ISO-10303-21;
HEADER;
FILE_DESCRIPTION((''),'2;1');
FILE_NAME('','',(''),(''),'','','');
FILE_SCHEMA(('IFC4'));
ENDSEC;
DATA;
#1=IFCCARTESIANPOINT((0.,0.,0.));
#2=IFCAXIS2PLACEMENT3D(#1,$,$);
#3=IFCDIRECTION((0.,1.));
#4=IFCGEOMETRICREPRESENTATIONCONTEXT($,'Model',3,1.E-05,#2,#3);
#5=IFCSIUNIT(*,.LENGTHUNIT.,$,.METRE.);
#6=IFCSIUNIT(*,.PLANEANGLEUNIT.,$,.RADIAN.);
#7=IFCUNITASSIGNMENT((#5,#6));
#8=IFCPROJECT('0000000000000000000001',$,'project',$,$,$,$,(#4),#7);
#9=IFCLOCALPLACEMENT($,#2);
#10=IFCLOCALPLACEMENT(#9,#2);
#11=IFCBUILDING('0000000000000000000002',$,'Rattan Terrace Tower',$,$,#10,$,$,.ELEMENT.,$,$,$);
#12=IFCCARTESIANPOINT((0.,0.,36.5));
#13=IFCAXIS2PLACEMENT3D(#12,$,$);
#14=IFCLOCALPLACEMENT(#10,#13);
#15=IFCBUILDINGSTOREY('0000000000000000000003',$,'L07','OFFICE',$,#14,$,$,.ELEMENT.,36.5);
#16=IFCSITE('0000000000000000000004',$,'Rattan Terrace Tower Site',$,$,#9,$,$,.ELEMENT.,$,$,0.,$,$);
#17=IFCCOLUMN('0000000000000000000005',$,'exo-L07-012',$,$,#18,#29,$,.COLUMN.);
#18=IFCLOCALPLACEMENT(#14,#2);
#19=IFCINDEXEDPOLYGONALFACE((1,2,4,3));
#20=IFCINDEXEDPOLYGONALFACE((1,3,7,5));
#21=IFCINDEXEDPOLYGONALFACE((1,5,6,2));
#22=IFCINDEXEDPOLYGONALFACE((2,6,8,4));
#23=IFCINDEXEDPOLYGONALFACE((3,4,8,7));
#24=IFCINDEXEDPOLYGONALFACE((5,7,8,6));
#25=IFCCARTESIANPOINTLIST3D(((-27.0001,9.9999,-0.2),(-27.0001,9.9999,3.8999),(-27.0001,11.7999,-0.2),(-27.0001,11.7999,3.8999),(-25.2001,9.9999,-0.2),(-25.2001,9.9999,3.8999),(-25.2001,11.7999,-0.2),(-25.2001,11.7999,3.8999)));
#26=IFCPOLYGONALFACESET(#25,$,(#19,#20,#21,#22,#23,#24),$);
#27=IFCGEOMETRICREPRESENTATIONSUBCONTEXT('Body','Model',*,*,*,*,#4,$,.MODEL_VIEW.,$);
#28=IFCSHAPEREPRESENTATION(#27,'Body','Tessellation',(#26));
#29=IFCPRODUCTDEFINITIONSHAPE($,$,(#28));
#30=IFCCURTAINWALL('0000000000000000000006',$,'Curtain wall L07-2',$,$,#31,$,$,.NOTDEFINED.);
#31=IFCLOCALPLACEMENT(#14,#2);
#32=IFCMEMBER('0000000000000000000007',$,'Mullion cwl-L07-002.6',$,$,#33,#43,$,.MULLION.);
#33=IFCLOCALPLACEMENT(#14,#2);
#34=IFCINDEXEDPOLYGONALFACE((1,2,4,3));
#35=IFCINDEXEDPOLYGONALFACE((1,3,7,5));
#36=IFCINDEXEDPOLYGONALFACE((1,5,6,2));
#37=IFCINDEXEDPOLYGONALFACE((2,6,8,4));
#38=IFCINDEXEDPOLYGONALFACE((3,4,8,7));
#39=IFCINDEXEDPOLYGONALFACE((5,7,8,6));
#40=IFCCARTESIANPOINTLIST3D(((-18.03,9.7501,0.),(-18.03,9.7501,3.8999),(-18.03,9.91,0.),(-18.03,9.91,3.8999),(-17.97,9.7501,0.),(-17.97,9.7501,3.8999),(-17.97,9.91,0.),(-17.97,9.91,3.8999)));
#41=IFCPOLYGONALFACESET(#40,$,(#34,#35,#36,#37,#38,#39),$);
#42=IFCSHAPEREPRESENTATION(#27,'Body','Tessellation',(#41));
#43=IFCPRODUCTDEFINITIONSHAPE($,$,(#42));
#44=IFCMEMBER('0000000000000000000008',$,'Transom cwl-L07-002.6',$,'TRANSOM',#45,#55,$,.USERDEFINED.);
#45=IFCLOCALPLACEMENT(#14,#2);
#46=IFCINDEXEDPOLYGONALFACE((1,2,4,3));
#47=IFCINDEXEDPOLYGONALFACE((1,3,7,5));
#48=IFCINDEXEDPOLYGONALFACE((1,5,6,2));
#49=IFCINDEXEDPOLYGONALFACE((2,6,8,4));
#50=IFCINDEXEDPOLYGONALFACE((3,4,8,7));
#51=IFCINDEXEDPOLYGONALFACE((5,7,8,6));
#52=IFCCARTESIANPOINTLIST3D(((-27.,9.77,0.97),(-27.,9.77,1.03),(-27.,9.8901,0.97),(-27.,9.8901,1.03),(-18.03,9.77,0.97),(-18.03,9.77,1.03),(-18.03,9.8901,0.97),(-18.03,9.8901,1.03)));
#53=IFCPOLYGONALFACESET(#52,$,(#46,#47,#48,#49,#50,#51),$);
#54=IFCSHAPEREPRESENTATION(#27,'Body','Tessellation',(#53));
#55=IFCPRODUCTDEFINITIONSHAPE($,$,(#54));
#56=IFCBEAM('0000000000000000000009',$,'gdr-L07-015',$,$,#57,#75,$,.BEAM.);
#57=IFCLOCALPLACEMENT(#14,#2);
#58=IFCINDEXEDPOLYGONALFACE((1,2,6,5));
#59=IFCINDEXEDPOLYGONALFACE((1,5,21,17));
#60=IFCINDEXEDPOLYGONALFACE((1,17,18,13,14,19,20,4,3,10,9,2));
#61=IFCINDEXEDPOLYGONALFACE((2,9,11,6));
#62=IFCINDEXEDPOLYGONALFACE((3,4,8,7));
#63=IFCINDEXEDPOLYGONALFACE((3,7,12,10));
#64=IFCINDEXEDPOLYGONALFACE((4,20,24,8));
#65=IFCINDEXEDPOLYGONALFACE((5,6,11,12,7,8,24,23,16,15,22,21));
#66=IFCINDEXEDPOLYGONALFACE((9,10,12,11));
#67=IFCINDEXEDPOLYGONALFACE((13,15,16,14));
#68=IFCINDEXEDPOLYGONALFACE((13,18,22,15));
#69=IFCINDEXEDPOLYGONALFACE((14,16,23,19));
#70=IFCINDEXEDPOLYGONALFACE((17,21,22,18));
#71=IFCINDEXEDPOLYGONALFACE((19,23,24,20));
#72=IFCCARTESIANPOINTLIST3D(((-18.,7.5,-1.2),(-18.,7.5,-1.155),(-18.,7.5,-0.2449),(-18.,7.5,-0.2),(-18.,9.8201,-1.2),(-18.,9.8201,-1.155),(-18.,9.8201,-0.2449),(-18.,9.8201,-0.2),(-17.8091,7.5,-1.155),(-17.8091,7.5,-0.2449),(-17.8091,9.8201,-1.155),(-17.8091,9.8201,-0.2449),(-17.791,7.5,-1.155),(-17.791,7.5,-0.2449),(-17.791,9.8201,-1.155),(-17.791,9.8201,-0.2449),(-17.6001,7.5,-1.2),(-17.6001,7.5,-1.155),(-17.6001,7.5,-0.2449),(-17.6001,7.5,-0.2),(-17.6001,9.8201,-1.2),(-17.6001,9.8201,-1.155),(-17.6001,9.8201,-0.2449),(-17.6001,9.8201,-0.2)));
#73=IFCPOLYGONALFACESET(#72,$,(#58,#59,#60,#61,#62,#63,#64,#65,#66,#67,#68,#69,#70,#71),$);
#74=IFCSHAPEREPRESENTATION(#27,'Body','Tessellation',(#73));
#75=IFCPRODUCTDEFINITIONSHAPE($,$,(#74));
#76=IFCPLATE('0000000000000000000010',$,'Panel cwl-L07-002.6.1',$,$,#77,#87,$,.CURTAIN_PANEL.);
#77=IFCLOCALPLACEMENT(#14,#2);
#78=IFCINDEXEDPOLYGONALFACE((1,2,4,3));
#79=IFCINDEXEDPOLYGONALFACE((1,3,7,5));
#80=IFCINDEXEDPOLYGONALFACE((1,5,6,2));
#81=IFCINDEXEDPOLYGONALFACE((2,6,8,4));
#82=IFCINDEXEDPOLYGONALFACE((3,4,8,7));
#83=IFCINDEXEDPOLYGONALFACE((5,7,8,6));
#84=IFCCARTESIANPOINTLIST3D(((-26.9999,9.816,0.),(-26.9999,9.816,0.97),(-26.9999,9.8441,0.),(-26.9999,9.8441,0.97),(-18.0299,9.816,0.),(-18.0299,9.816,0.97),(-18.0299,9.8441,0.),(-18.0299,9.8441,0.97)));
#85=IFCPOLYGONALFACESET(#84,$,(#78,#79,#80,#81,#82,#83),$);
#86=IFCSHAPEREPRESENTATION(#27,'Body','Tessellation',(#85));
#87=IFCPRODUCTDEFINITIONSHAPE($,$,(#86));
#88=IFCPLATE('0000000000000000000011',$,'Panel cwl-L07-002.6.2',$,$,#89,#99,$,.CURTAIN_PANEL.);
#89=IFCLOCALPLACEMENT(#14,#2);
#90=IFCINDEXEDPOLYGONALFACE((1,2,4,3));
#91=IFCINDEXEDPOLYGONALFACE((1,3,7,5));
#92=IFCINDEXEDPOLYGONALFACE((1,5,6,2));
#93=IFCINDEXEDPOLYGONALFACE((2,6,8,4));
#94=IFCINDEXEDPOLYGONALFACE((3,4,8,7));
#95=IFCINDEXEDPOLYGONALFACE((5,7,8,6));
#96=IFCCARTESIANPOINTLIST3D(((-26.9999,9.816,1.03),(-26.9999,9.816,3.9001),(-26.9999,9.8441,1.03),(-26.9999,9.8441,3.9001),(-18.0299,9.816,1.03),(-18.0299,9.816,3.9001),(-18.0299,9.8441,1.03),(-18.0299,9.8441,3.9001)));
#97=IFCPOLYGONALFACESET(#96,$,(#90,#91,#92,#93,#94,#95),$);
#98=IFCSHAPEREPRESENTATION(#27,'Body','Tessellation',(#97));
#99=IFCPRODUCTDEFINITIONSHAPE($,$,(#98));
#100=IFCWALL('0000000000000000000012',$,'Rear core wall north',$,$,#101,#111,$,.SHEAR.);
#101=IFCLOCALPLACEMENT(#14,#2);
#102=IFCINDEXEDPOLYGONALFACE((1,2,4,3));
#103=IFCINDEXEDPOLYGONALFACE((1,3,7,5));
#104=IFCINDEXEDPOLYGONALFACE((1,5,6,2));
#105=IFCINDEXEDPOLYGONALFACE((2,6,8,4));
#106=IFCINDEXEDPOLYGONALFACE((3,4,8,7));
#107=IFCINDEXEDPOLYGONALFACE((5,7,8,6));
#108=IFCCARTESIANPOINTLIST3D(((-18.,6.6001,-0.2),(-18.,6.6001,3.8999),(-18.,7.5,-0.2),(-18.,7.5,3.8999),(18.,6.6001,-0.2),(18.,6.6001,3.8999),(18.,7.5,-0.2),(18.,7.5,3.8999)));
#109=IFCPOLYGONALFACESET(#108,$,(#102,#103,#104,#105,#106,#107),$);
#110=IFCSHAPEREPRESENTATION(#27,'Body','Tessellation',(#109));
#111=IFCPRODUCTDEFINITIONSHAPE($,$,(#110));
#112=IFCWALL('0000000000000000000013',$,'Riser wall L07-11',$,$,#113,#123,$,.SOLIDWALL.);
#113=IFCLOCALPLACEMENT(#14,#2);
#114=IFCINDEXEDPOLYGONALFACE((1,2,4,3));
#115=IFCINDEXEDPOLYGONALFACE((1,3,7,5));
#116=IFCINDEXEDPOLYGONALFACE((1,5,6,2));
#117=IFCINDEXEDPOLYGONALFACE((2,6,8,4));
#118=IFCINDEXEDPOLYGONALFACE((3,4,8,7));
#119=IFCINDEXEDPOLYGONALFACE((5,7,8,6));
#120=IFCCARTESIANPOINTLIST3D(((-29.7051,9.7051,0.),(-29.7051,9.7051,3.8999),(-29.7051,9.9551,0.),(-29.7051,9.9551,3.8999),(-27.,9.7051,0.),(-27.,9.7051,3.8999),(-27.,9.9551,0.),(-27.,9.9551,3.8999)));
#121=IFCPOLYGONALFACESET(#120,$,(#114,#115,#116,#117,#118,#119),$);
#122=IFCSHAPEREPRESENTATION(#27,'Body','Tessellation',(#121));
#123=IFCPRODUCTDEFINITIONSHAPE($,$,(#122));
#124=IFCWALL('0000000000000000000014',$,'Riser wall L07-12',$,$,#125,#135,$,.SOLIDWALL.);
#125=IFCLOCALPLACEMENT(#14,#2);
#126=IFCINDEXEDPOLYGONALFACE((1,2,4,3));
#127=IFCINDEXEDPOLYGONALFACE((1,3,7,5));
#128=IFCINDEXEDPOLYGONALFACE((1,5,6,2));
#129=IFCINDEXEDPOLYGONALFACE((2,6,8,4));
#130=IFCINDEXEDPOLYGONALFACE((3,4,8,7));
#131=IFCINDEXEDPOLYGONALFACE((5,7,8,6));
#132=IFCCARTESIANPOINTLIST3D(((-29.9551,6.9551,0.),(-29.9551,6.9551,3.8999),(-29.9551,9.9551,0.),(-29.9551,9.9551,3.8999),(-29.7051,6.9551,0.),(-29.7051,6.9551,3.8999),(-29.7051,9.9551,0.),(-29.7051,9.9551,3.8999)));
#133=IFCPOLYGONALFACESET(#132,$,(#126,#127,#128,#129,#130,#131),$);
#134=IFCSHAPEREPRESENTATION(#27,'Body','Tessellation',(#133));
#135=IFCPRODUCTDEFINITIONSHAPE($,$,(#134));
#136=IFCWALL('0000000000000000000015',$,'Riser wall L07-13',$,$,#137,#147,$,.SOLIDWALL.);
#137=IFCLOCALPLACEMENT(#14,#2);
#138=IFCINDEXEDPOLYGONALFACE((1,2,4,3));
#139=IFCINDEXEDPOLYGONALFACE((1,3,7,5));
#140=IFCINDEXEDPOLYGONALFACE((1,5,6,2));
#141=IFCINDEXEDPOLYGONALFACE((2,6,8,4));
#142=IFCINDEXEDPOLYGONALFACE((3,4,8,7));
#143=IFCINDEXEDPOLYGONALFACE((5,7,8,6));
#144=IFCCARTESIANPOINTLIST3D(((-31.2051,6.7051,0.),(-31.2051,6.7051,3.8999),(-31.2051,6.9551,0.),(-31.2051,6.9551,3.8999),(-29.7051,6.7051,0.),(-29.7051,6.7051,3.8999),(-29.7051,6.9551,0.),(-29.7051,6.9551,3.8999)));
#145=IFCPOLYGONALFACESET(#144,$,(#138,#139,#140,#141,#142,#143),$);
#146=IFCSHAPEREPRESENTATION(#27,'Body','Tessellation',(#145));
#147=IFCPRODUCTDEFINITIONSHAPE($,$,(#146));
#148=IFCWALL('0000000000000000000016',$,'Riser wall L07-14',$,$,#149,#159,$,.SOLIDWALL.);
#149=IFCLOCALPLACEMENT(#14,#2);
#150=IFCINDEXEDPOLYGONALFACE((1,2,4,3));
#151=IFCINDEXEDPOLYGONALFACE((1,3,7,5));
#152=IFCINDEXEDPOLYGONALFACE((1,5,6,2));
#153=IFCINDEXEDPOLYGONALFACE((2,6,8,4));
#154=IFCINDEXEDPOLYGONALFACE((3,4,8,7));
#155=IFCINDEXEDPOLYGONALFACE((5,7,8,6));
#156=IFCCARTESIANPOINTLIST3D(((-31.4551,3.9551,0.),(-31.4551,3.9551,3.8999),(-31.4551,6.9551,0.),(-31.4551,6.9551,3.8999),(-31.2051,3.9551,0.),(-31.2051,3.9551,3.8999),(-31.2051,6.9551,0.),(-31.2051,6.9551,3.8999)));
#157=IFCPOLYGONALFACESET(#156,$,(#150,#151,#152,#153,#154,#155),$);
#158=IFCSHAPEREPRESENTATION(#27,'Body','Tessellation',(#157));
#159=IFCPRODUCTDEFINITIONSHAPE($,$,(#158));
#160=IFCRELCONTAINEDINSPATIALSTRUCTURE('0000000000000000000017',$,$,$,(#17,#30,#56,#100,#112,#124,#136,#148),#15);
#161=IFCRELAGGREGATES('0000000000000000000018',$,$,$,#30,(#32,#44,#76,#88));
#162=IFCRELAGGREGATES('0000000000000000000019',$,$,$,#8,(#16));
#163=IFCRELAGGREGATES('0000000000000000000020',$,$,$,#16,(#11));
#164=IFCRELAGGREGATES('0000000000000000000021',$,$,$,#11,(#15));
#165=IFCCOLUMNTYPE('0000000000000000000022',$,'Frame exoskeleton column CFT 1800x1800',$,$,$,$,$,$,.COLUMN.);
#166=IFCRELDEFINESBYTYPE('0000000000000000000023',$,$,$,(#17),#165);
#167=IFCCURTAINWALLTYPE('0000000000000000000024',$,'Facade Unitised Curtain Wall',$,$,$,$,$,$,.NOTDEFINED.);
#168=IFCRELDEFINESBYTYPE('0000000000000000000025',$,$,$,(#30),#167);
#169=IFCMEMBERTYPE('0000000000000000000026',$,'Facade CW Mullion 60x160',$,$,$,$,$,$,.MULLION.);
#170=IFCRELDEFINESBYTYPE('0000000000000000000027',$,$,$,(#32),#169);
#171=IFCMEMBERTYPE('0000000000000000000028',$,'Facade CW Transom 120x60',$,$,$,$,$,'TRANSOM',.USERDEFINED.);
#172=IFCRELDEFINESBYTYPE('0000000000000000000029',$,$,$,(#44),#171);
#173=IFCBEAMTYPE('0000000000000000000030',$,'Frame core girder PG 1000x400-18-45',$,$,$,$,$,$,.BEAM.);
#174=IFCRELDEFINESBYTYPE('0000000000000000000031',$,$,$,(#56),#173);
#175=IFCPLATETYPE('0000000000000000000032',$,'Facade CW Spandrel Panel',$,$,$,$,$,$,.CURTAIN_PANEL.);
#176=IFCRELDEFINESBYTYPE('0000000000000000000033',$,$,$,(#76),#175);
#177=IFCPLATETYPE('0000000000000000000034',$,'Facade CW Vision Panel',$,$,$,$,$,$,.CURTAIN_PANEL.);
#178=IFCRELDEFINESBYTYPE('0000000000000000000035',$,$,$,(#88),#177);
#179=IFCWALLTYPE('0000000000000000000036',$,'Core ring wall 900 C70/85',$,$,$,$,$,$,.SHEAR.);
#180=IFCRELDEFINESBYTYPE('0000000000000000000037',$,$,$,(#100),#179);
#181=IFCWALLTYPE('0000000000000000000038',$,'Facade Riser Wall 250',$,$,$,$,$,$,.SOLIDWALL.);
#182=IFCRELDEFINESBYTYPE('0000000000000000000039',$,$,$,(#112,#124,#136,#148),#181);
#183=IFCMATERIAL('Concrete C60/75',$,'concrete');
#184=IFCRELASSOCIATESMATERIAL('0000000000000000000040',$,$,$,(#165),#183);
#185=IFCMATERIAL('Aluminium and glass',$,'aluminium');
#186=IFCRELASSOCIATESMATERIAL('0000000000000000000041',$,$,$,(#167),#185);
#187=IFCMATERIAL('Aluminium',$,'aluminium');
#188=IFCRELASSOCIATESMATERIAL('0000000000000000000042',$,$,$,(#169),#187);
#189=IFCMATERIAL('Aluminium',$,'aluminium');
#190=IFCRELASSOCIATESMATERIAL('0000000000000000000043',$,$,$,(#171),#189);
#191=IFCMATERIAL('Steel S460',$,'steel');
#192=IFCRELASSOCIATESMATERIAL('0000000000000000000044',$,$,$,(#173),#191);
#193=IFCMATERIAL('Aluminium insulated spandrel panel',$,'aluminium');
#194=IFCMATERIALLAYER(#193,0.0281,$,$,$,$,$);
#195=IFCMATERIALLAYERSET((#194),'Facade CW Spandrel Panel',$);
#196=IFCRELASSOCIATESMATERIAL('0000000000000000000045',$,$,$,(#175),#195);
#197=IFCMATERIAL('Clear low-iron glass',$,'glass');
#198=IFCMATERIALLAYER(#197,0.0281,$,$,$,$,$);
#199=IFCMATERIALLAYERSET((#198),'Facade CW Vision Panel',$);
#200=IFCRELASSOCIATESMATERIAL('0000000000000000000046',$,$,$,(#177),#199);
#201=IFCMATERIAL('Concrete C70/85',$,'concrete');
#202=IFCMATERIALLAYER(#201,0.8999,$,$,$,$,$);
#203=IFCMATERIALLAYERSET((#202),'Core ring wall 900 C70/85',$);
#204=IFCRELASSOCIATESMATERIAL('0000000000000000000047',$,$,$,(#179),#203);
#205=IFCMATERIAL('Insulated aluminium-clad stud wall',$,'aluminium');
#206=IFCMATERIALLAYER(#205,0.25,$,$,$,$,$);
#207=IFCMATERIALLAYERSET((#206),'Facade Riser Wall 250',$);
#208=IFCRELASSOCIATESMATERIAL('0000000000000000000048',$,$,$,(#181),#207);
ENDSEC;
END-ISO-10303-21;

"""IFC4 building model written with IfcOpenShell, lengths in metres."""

from ifc_helpers import new_model, si_unit, direction, frame, frame_2d, origin, origin_2d, place, context, subcontext, project, spatial, rectangle, i_section, extrude, material, layer, layer_set, material_profile, profile_set, type_object, element, aggregate, save


model = new_model("IFC4")

# Units and contexts
model_context = context("Model", 3, precision=1e-05, world=origin(), true_north=direction((0.0, 1.0)))
body_context = subcontext(model_context, "Body", "Model", "MODEL_VIEW")
ifc_project = project(units=[si_unit("LENGTHUNIT", "METRE"), si_unit("PLANEANGLEUNIT", "RADIAN")], contexts=[model_context])

# Site, building, storey
site_placement = place(None, origin())
site = spatial("IfcSite", under=ifc_project, at=site_placement, Name="Rattan Terrace Tower Site", CompositionType="ELEMENT", RefElevation=0.0)
building_placement = place(site_placement, origin())
building = spatial("IfcBuilding", under=site, at=building_placement, Name="Rattan Terrace Tower", CompositionType="ELEMENT")
storey_placement = place(building_placement, frame((0.0, 0.0, 36.5)))
storey = spatial("IfcBuildingStorey", under=building, at=storey_placement, Name="L07", Description="OFFICE", CompositionType="ELEMENT", Elevation=36.5)

# Column
ifc_material_1 = material(Name="Concrete C60/75", Category="concrete")
ifc_material_profile_1 = material_profile(ifc_material_1, rectangle(XDim=1.8, YDim=1.8, at=origin_2d()), Name="CFT 1800x1800")
ifc_profile_set_1 = profile_set([ifc_material_profile_1], Name="Concrete C60/75")
column_type = type_object("IfcColumnType", Name="Frame exoskeleton column CFT 1800x1800", PredefinedType="COLUMN", material=ifc_profile_set_1)
column_placement = place(storey_placement, frame((-26.1001, 10.8999, -0.2), z_axis=(0.0, 0.0, 1.0), x_axis=(1.0, 0.0, 0.0)))
element("IfcColumn", 1, at=column_placement, inside=storey, type_object=column_type, Name="exo-L07-012", PredefinedType="COLUMN", context=body_context, shape_type="SweptSolid", body=[
    extrude(rectangle(XDim=1.8, YDim=1.8, at=origin_2d()), origin(), (0.0, 0.0, 1.0), 4.0999),
])

# Curtain wall, members
ifc_material_2 = material(Name="Aluminium and glass", Category="aluminium")
curtain_wall_type = type_object("IfcCurtainWallType", Name="Facade Unitised Curtain Wall", PredefinedType="NOTDEFINED", material=ifc_material_2)
curtain_wall_placement = place(storey_placement, origin())
curtain_wall = element("IfcCurtainWall", 2, at=curtain_wall_placement, inside=storey, type_object=curtain_wall_type, Name="Curtain wall L07-2", PredefinedType="NOTDEFINED")
ifc_material_3 = material(Name="Aluminium", Category="aluminium")
ifc_material_profile_2 = material_profile(ifc_material_3, rectangle(XDim=0.0601, YDim=0.1599, at=origin_2d()), Name="Aluminium 60x160")
ifc_profile_set_2 = profile_set([ifc_material_profile_2], Name="Aluminium")
member_type_1 = type_object("IfcMemberType", Name="Facade CW Mullion 60x160", PredefinedType="MULLION", material=ifc_profile_set_2)
member_1_placement = place(storey_placement, frame((-18.0, 9.8301, 0.0), z_axis=(0.0, 0.0, 1.0), x_axis=(-1.0, 0.0, 0.0)))
member_1 = element("IfcMember", 3, at=member_1_placement, type_object=member_type_1, Name="Mullion cwl-L07-002.6", PredefinedType="MULLION", context=body_context, shape_type="SweptSolid", body=[
    extrude(rectangle(XDim=0.0601, YDim=0.1599, at=origin_2d()), origin(), (0.0, 0.0, 1.0), 3.8999),
])
ifc_material_4 = material(Name="Aluminium", Category="aluminium")
ifc_material_profile_3 = material_profile(ifc_material_4, rectangle(XDim=0.1201, YDim=0.0601, at=origin_2d()), Name="Aluminium 120x60")
ifc_profile_set_3 = profile_set([ifc_material_profile_3], Name="Aluminium")
member_type_2 = type_object("IfcMemberType", Name="Facade CW Transom 120x60", ElementType="TRANSOM", PredefinedType="USERDEFINED", material=ifc_profile_set_3)
member_2_placement = place(storey_placement, frame((-18.03, 9.8301, 1.0), z_axis=(-1.0, 0.0, 0.0), x_axis=(0.0, -1.0, 0.0)))
member_2 = element("IfcMember", 4, at=member_2_placement, type_object=member_type_2, Name="Transom cwl-L07-002.6", ObjectType="TRANSOM", PredefinedType="USERDEFINED", context=body_context, shape_type="SweptSolid", body=[
    extrude(rectangle(XDim=0.1201, YDim=0.0601, at=origin_2d()), origin(), (0.0, 0.0, 1.0), 8.97),
])

# Beam
ifc_material_5 = material(Name="Steel S460", Category="steel")
ifc_material_profile_4 = material_profile(ifc_material_5, i_section(OverallWidth=0.3999, OverallDepth=1.0, WebThickness=0.0181, FlangeThickness=0.0449, at=origin_2d()), Name="PG 1000x400-18-45")
ifc_profile_set_4 = profile_set([ifc_material_profile_4], Name="Steel S460")
beam_type = type_object("IfcBeamType", Name="Frame core girder PG 1000x400-18-45", PredefinedType="BEAM", material=ifc_profile_set_4)
beam_placement = place(storey_placement, frame((-17.8, 7.5, -0.7), z_axis=(0.0, 1.0, 0.0), x_axis=(-1.0, 0.0, 0.0)))
element("IfcBeam", 5, at=beam_placement, inside=storey, type_object=beam_type, Name="gdr-L07-015", PredefinedType="BEAM", context=body_context, shape_type="SweptSolid", body=[
    extrude(i_section(OverallWidth=0.3999, OverallDepth=1.0, WebThickness=0.0181, FlangeThickness=0.0449, at=origin_2d()), origin(), (0.0, 0.0, 1.0), 2.3201),
])

# Plates
ifc_material_6 = material(Name="Aluminium insulated spandrel panel", Category="aluminium")
ifc_layer_1 = layer(ifc_material_6, 0.0281)
ifc_layer_set_1 = layer_set([ifc_layer_1], Name="Facade CW Spandrel Panel")
plate_type_1 = type_object("IfcPlateType", Name="Facade CW Spandrel Panel", PredefinedType="CURTAIN_PANEL", material=ifc_layer_set_1)
plate_1_placement = place(storey_placement, frame((-22.5149, 9.8301, 0.0), z_axis=(0.0, 0.0, 1.0), x_axis=(-1.0, 0.0, 0.0)))
plate_1 = element("IfcPlate", 6, at=plate_1_placement, type_object=plate_type_1, Name="Panel cwl-L07-002.6.1", PredefinedType="CURTAIN_PANEL", context=body_context, shape_type="SweptSolid", body=[
    extrude(rectangle(XDim=8.97, YDim=0.0281, at=origin_2d()), origin(), (0.0, 0.0, 1.0), 0.97),
])
ifc_material_7 = material(Name="Clear low-iron glass", Category="glass")
ifc_layer_2 = layer(ifc_material_7, 0.0281)
ifc_layer_set_2 = layer_set([ifc_layer_2], Name="Facade CW Vision Panel")
plate_type_2 = type_object("IfcPlateType", Name="Facade CW Vision Panel", PredefinedType="CURTAIN_PANEL", material=ifc_layer_set_2)
plate_2_placement = place(storey_placement, frame((-22.5149, 9.8301, 1.03), z_axis=(0.0, 0.0, 1.0), x_axis=(-1.0, 0.0, 0.0)))
plate_2 = element("IfcPlate", 7, at=plate_2_placement, type_object=plate_type_2, Name="Panel cwl-L07-002.6.2", PredefinedType="CURTAIN_PANEL", context=body_context, shape_type="SweptSolid", body=[
    extrude(rectangle(XDim=8.97, YDim=0.0281, at=origin_2d()), origin(), (0.0, 0.0, 1.0), 2.8701),
])
aggregate(curtain_wall, [member_1, member_2, plate_1, plate_2])

# Walls
ifc_material_8 = material(Name="Concrete C70/85", Category="concrete")
ifc_layer_3 = layer(ifc_material_8, 0.8999)
ifc_layer_set_3 = layer_set([ifc_layer_3], Name="Core ring wall 900 C70/85")
wall_type_1 = type_object("IfcWallType", Name="Core ring wall 900 C70/85", PredefinedType="SHEAR", material=ifc_layer_set_3)
wall_1_placement = place(storey_placement, frame((-18.0, 7.05, -0.2), z_axis=(0.0, 0.0, 1.0), x_axis=(1.0, 0.0, 0.0)))
element("IfcWall", 8, at=wall_1_placement, inside=storey, type_object=wall_type_1, Name="Rear core wall north", PredefinedType="SHEAR", context=body_context, shape_type="SweptSolid", body=[
    extrude(rectangle(XDim=36.0, YDim=0.8999, at=frame_2d((18.0, 0.0))), origin(), (0.0, 0.0, 1.0), 4.0999),
])
ifc_material_9 = material(Name="Insulated aluminium-clad stud wall", Category="aluminium")
ifc_layer_4 = layer(ifc_material_9, 0.25)
ifc_layer_set_4 = layer_set([ifc_layer_4], Name="Facade Riser Wall 250")
wall_type_2 = type_object("IfcWallType", Name="Facade Riser Wall 250", PredefinedType="SOLIDWALL", material=ifc_layer_set_4)
wall_2_placement = place(storey_placement, frame((-27.0, 9.8301, 0.0), z_axis=(0.0, 0.0, 1.0), x_axis=(-1.0, 0.0, 0.0)))
element("IfcWall", 9, at=wall_2_placement, inside=storey, type_object=wall_type_2, Name="Riser wall L07-11", PredefinedType="SOLIDWALL", context=body_context, shape_type="SweptSolid", body=[
    extrude(rectangle(XDim=2.7051, YDim=0.25, at=frame_2d((1.3525, 0.0))), origin(), (0.0, 0.0, 1.0), 3.8999),
])
wall_3_placement = place(storey_placement, frame((-29.8301, 9.9551, 0.0), z_axis=(0.0, 0.0, 1.0), x_axis=(0.0, -1.0, 0.0)))
element("IfcWall", 10, at=wall_3_placement, inside=storey, type_object=wall_type_2, Name="Riser wall L07-12", PredefinedType="SOLIDWALL", context=body_context, shape_type="SweptSolid", body=[
    extrude(rectangle(XDim=3.0, YDim=0.25, at=frame_2d((1.5, 0.0))), origin(), (0.0, 0.0, 1.0), 3.8999),
])
wall_4_placement = place(storey_placement, frame((-29.7051, 6.8301, 0.0), z_axis=(0.0, 0.0, 1.0), x_axis=(-1.0, 0.0, 0.0)))
element("IfcWall", 11, at=wall_4_placement, inside=storey, type_object=wall_type_2, Name="Riser wall L07-13", PredefinedType="SOLIDWALL", context=body_context, shape_type="SweptSolid", body=[
    extrude(rectangle(XDim=1.5, YDim=0.25, at=frame_2d((0.75, 0.0))), origin(), (0.0, 0.0, 1.0), 3.8999),
])
wall_5_placement = place(storey_placement, frame((-31.3301, 6.9551, 0.0), z_axis=(0.0, 0.0, 1.0), x_axis=(0.0, -1.0, 0.0)))
element("IfcWall", 12, at=wall_5_placement, inside=storey, type_object=wall_type_2, Name="Riser wall L07-14", PredefinedType="SOLIDWALL", context=body_context, shape_type="SweptSolid", body=[
    extrude(rectangle(XDim=3.0, YDim=0.25, at=frame_2d((1.5, 0.0))), origin(), (0.0, 0.0, 1.0), 3.8999),
])

save(model, "model.ifc")
